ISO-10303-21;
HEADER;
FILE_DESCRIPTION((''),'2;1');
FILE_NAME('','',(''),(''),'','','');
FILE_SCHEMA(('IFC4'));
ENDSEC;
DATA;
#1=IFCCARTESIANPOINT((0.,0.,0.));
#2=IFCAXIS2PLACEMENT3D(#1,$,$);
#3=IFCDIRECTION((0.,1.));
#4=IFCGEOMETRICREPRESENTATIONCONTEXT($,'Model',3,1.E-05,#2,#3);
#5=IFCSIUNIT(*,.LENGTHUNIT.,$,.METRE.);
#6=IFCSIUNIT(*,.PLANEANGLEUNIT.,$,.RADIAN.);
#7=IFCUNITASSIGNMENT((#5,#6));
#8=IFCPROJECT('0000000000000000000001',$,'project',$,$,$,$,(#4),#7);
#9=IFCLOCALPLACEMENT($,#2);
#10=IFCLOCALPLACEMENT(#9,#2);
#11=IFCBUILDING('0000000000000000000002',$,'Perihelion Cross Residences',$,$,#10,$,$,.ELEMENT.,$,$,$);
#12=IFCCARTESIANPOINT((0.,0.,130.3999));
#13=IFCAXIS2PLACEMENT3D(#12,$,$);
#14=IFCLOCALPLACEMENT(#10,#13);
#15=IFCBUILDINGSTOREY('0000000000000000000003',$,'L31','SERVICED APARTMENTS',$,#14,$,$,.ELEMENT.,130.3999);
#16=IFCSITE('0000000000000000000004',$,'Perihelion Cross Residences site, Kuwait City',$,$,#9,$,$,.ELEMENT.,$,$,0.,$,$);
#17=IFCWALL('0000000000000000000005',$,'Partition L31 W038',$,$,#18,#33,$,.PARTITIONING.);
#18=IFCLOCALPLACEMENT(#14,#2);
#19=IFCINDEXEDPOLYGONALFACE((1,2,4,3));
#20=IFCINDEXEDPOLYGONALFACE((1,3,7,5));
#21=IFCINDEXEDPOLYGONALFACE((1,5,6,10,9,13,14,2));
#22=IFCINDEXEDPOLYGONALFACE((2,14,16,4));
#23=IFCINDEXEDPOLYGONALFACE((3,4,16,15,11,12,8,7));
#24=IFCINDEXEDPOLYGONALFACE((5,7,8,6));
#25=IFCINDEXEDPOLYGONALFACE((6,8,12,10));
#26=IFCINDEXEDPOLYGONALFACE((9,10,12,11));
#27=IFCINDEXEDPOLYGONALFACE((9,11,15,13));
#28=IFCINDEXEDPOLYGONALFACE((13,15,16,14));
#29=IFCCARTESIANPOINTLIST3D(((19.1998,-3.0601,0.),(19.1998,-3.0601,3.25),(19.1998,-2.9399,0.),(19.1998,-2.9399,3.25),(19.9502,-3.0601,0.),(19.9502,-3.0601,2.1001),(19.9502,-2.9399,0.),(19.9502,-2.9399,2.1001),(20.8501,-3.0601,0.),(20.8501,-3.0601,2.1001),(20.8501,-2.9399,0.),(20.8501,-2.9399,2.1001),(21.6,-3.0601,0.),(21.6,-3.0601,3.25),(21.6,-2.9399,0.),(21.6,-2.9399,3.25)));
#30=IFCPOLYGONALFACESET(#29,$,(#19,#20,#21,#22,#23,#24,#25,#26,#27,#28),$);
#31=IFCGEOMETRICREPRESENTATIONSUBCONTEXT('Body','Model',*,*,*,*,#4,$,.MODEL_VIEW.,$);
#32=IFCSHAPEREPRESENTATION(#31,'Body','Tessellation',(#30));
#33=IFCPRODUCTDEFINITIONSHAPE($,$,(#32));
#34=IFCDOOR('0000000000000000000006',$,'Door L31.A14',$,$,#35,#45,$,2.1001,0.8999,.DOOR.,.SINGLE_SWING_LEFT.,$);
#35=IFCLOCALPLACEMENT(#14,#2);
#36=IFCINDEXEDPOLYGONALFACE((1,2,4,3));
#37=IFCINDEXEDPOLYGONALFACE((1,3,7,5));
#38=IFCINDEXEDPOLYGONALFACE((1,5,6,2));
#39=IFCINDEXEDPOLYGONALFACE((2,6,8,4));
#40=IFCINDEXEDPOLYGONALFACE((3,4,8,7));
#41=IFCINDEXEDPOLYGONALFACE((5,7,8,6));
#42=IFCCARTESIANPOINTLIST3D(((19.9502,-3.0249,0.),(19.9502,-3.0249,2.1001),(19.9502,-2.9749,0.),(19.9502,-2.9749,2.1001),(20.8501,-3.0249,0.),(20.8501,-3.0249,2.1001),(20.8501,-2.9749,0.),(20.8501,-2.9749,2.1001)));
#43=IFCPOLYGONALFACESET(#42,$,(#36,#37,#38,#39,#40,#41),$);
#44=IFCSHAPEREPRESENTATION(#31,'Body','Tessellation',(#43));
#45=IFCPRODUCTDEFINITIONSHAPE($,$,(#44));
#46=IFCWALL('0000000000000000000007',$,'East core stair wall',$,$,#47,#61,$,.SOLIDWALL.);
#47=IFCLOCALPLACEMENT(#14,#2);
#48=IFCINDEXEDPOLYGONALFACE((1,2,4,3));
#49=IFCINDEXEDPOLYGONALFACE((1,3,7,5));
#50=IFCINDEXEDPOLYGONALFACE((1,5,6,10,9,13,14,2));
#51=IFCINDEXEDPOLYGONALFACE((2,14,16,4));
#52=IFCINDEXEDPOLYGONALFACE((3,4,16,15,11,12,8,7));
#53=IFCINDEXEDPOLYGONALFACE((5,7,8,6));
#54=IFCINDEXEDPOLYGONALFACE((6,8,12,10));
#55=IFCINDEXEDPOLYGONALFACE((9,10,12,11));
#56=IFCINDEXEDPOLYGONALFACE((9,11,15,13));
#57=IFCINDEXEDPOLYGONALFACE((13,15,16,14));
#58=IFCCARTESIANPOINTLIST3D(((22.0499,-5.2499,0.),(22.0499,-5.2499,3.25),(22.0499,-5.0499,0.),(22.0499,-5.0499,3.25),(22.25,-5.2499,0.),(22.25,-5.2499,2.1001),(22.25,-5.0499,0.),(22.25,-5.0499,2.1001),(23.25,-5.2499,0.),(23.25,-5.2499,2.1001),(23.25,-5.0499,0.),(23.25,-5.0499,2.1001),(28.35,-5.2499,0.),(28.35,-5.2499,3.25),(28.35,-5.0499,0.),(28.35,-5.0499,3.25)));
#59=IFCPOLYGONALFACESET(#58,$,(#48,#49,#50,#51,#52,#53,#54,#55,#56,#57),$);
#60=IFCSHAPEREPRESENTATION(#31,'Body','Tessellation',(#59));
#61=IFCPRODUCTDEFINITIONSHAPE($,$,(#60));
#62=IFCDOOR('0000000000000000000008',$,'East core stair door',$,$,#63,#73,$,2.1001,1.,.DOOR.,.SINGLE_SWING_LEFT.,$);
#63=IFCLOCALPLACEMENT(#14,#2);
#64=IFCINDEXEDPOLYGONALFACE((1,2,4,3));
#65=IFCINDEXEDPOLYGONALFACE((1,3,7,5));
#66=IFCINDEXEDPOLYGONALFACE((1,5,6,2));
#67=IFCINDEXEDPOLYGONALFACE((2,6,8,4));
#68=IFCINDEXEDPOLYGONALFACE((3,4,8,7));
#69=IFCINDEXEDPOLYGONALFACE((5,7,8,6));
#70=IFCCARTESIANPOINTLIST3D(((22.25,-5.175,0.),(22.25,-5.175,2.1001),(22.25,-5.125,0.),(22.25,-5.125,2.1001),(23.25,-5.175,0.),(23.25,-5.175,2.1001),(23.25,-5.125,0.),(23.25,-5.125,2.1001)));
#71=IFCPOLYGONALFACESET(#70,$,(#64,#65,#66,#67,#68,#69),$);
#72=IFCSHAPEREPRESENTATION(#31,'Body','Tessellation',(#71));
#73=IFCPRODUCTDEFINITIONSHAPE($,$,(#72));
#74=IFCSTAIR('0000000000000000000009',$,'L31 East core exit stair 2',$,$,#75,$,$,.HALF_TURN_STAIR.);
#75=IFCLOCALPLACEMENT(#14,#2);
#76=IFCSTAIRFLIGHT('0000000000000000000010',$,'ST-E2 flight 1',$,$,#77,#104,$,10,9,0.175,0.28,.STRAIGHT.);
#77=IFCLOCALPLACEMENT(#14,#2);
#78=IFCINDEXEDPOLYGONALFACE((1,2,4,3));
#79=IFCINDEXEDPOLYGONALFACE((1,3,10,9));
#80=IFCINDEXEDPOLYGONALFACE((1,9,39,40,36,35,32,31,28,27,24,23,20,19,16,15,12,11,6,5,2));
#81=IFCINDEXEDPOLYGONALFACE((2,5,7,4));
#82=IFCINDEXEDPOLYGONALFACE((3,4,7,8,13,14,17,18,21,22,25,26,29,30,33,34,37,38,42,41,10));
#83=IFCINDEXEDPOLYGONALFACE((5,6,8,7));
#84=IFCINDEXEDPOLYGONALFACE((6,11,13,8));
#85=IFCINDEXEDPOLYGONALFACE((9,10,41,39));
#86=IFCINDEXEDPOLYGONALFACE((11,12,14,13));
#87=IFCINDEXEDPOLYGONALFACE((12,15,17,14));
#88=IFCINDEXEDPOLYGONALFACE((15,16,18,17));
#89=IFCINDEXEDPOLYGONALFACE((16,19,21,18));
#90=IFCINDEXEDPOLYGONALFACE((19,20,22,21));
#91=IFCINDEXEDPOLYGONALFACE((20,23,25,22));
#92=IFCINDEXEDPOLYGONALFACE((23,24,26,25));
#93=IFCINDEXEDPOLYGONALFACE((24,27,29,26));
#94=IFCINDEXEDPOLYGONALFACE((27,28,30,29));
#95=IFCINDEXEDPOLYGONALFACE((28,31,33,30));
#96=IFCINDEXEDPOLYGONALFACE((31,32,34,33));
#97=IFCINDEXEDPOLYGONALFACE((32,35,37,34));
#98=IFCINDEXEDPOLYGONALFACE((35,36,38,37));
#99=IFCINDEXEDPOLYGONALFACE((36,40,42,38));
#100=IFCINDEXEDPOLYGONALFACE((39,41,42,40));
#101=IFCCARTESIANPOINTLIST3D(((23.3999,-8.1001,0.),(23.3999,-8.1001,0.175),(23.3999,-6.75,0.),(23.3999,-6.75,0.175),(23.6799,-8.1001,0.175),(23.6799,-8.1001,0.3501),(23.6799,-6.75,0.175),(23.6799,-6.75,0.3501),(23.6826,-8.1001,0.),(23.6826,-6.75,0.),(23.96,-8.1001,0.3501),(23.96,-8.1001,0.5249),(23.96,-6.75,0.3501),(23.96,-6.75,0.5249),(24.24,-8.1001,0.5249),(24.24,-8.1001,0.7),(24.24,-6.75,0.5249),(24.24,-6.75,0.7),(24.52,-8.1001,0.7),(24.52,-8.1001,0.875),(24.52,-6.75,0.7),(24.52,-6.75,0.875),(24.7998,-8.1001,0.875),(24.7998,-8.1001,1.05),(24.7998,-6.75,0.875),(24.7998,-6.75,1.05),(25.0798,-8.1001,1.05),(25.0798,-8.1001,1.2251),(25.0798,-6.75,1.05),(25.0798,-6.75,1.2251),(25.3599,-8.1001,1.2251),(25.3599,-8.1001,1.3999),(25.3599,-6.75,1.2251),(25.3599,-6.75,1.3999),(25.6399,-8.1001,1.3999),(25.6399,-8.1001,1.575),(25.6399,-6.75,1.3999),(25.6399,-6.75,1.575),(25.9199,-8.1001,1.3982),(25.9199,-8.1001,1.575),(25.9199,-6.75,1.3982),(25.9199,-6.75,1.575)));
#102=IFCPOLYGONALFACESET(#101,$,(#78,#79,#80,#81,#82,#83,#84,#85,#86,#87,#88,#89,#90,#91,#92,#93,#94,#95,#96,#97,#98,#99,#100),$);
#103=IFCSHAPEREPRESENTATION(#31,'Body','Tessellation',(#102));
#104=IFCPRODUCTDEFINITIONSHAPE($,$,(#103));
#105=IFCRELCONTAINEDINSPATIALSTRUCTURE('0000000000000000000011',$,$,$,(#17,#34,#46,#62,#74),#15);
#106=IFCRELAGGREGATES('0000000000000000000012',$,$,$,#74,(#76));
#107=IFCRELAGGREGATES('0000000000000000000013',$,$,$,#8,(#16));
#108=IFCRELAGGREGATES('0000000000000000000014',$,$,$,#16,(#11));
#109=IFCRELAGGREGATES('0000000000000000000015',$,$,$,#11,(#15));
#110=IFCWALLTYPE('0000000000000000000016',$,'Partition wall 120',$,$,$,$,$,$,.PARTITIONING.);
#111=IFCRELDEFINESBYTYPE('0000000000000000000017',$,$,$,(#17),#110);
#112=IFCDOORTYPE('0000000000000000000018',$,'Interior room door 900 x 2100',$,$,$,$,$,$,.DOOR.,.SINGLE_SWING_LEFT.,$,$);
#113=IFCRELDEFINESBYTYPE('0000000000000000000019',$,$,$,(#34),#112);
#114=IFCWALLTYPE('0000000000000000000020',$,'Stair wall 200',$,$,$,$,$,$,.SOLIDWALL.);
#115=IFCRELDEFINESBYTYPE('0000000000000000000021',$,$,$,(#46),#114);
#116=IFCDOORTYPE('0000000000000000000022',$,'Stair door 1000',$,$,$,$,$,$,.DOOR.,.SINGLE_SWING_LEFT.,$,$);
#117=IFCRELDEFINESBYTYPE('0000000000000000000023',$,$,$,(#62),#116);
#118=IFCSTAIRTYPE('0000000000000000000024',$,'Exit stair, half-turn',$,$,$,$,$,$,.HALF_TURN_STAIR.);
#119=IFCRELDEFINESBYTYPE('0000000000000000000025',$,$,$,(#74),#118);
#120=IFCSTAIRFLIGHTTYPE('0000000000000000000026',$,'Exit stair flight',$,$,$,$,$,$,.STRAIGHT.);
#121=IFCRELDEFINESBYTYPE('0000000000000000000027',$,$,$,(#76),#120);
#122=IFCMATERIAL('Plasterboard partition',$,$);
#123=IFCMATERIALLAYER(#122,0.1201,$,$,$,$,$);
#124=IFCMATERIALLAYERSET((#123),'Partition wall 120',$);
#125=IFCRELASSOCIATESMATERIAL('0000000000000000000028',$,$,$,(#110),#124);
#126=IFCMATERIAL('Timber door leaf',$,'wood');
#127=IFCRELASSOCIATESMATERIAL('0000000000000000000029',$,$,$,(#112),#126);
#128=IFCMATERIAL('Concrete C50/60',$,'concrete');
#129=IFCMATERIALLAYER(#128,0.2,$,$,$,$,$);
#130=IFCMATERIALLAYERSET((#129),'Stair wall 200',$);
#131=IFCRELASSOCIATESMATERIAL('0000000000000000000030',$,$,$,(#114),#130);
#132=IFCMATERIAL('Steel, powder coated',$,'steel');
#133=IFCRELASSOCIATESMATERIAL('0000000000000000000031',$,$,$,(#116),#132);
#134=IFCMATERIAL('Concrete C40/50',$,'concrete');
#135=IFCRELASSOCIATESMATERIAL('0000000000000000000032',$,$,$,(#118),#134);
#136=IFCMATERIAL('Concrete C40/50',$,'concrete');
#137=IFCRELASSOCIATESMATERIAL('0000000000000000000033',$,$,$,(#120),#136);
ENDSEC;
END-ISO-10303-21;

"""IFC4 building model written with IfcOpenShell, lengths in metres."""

from ifc_helpers import new_model, si_unit, direction, frame, frame_2d, origin, place, context, subcontext, project, spatial, polyline, rectangle, outline, extrude, material, layer, layer_set, type_object, element, fill, aggregate, save


model = new_model("IFC4")

# Units and contexts
model_context = context("Model", 3, precision=1e-05, world=origin(), true_north=direction((0.0, 1.0)))
body_context = subcontext(model_context, "Body", "Model", "MODEL_VIEW")
ifc_project = project(units=[si_unit("LENGTHUNIT", "METRE"), si_unit("PLANEANGLEUNIT", "RADIAN")], contexts=[model_context])

# Site, building, storey
site_placement = place(None, origin())
site = spatial("IfcSite", under=ifc_project, at=site_placement, Name="Perihelion Cross Residences site, Kuwait City", CompositionType="ELEMENT", RefElevation=0.0)
building_placement = place(site_placement, origin())
building = spatial("IfcBuilding", under=site, at=building_placement, Name="Perihelion Cross Residences", CompositionType="ELEMENT")
storey_placement = place(building_placement, frame((0.0, 0.0, 130.3999)))
storey = spatial("IfcBuildingStorey", under=building, at=storey_placement, Name="L31", Description="SERVICED APARTMENTS", CompositionType="ELEMENT", Elevation=130.3999)

# Walls, openings, doors
ifc_material_1 = material(Name="Plasterboard partition")
ifc_layer_1 = layer(ifc_material_1, 0.1201)
ifc_layer_set_1 = layer_set([ifc_layer_1], Name="Partition wall 120")
wall_type_1 = type_object("IfcWallType", Name="Partition wall 120", PredefinedType="PARTITIONING", material=ifc_layer_set_1)
wall_1_placement = place(storey_placement, frame((21.6001, -3.0, 0.0), z_axis=(0.0, 0.0, 1.0), x_axis=(-1.0, 0.0, 0.0)))
wall_1 = element("IfcWall", 1, at=wall_1_placement, inside=storey, type_object=wall_type_1, Name="Partition L31 W038", PredefinedType="PARTITIONING", context=body_context, shape_type="SweptSolid", body=[
    extrude(rectangle(XDim=2.4001, YDim=0.1201, at=frame_2d((1.2002, 0.0))), origin(), (0.0, 0.0, 1.0), 3.25),
])
opening_1_placement = place(wall_1_placement, frame((0.75, 0.0, 0.0)))
opening_1 = element("IfcOpeningElement", 2, at=opening_1_placement, cuts=wall_1, PredefinedType="OPENING", context=body_context, shape_type="SweptSolid", body=[
    extrude(rectangle(XDim=0.8999, YDim=2.1001, at=frame_2d((0.45, 1.05))), frame((0.0, 0.0701, 0.0), z_axis=(0.0, -1.0, 0.0), x_axis=(1.0, 0.0, 0.0)), (0.0, 0.0, 1.0), 0.1401),
])
ifc_material_2 = material(Name="Timber door leaf", Category="wood")
door_type_1 = type_object("IfcDoorType", Name="Interior room door 900 x 2100", OperationType="SINGLE_SWING_LEFT", PredefinedType="DOOR", material=ifc_material_2)
door_1_placement = place(opening_1_placement, origin())
door_1 = element("IfcDoor", 3, at=door_1_placement, inside=storey, type_object=door_type_1, Name="Door L31.A14", OperationType="SINGLE_SWING_LEFT", OverallHeight=2.1001, OverallWidth=0.8999, PredefinedType="DOOR", context=body_context, shape_type="SweptSolid", body=[
    extrude(rectangle(XDim=0.8999, YDim=2.1001, at=frame_2d((0.45, 1.05))), frame((0.0, 0.0249, 0.0), z_axis=(0.0, -1.0, 0.0), x_axis=(1.0, 0.0, 0.0)), (0.0, 0.0, 1.0), 0.05),
])
fill(opening_1, door_1)
ifc_material_3 = material(Name="Concrete C50/60", Category="concrete")
ifc_layer_2 = layer(ifc_material_3, 0.2)
ifc_layer_set_2 = layer_set([ifc_layer_2], Name="Stair wall 200")
wall_type_2 = type_object("IfcWallType", Name="Stair wall 200", PredefinedType="SOLIDWALL", material=ifc_layer_set_2)
wall_2_placement = place(storey_placement, frame((22.05, -5.1499, 0.0), z_axis=(0.0, 0.0, 1.0), x_axis=(1.0, 0.0, 0.0)))
wall_2 = element("IfcWall", 4, at=wall_2_placement, inside=storey, type_object=wall_type_2, Name="East core stair wall", PredefinedType="SOLIDWALL", context=body_context, shape_type="SweptSolid", body=[
    extrude(rectangle(XDim=6.3, YDim=0.2, at=frame_2d((3.1499, 0.0))), origin(), (0.0, 0.0, 1.0), 3.25),
])
opening_2_placement = place(wall_2_placement, frame((0.2, 0.0, 0.0)))
opening_2 = element("IfcOpeningElement", 5, at=opening_2_placement, cuts=wall_2, PredefinedType="OPENING", context=body_context, shape_type="SweptSolid", body=[
    extrude(rectangle(XDim=1.0, YDim=2.1001, at=frame_2d((0.5, 1.05))), frame((0.0, 0.1099, 0.0), z_axis=(0.0, -1.0, 0.0), x_axis=(1.0, 0.0, 0.0)), (0.0, 0.0, 1.0), 0.22),
])
ifc_material_4 = material(Name="Steel, powder coated", Category="steel")
door_type_2 = type_object("IfcDoorType", Name="Stair door 1000", OperationType="SINGLE_SWING_LEFT", PredefinedType="DOOR", material=ifc_material_4)
door_2_placement = place(opening_2_placement, origin())
door_2 = element("IfcDoor", 6, at=door_2_placement, inside=storey, type_object=door_type_2, Name="East core stair door", OperationType="SINGLE_SWING_LEFT", OverallHeight=2.1001, OverallWidth=1.0, PredefinedType="DOOR", context=body_context, shape_type="SweptSolid", body=[
    extrude(rectangle(XDim=1.0, YDim=2.1001, at=frame_2d((0.5, 1.05))), frame((0.0, 0.0249, 0.0), z_axis=(0.0, -1.0, 0.0), x_axis=(1.0, 0.0, 0.0)), (0.0, 0.0, 1.0), 0.05),
])
fill(opening_2, door_2)

# Stair, stair flight
ifc_material_5 = material(Name="Concrete C40/50", Category="concrete")
stair_type = type_object("IfcStairType", Name="Exit stair, half-turn", PredefinedType="HALF_TURN_STAIR", material=ifc_material_5)
stair_placement = place(storey_placement, origin())
stair = element("IfcStair", 7, at=stair_placement, inside=storey, type_object=stair_type, Name="L31 East core exit stair 2", PredefinedType="HALF_TURN_STAIR")
ifc_material_6 = material(Name="Concrete C40/50", Category="concrete")
stair_flight_type = type_object("IfcStairFlightType", Name="Exit stair flight", PredefinedType="STRAIGHT", material=ifc_material_6)
stair_flight_placement = place(storey_placement, frame((23.3999, -7.425, 0.0), z_axis=(0.0, 0.0, 1.0), x_axis=(1.0, 0.0, 0.0)))
stair_flight = element("IfcStairFlight", 8, at=stair_flight_placement, type_object=stair_flight_type, Name="ST-E2 flight 1", NumberOfRisers=10, NumberOfTreads=9, PredefinedType="STRAIGHT", RiserHeight=0.175, TreadLength=0.28, context=body_context, shape_type="SweptSolid", body=[
    extrude(outline(polyline([(0.0, 0.0), (0.0, 0.175), (0.28, 0.175), (0.28, 0.3501), (0.5601, 0.3501), (0.5601, 0.5249), (0.8401, 0.5249), (0.8401, 0.7), (1.1201, 0.7), (1.1201, 0.875), (1.3999, 0.875), (1.3999, 1.05), (1.6799, 1.05), (1.6799, 1.2251), (1.96, 1.2251), (1.96, 1.3999), (2.24, 1.3999), (2.24, 1.575), (2.52, 1.575), (2.52, 1.75), (2.52, 1.3982), (0.2827, 0.0), (0.0, 0.0)])), frame((0.0, 0.675, 0.0), z_axis=(0.0, -1.0, 0.0), x_axis=(1.0, 0.0, 0.0)), (0.0, 0.0, 1.0), 1.3501),
])
aggregate(stair, [stair_flight])

save(model, "model.ifc")
